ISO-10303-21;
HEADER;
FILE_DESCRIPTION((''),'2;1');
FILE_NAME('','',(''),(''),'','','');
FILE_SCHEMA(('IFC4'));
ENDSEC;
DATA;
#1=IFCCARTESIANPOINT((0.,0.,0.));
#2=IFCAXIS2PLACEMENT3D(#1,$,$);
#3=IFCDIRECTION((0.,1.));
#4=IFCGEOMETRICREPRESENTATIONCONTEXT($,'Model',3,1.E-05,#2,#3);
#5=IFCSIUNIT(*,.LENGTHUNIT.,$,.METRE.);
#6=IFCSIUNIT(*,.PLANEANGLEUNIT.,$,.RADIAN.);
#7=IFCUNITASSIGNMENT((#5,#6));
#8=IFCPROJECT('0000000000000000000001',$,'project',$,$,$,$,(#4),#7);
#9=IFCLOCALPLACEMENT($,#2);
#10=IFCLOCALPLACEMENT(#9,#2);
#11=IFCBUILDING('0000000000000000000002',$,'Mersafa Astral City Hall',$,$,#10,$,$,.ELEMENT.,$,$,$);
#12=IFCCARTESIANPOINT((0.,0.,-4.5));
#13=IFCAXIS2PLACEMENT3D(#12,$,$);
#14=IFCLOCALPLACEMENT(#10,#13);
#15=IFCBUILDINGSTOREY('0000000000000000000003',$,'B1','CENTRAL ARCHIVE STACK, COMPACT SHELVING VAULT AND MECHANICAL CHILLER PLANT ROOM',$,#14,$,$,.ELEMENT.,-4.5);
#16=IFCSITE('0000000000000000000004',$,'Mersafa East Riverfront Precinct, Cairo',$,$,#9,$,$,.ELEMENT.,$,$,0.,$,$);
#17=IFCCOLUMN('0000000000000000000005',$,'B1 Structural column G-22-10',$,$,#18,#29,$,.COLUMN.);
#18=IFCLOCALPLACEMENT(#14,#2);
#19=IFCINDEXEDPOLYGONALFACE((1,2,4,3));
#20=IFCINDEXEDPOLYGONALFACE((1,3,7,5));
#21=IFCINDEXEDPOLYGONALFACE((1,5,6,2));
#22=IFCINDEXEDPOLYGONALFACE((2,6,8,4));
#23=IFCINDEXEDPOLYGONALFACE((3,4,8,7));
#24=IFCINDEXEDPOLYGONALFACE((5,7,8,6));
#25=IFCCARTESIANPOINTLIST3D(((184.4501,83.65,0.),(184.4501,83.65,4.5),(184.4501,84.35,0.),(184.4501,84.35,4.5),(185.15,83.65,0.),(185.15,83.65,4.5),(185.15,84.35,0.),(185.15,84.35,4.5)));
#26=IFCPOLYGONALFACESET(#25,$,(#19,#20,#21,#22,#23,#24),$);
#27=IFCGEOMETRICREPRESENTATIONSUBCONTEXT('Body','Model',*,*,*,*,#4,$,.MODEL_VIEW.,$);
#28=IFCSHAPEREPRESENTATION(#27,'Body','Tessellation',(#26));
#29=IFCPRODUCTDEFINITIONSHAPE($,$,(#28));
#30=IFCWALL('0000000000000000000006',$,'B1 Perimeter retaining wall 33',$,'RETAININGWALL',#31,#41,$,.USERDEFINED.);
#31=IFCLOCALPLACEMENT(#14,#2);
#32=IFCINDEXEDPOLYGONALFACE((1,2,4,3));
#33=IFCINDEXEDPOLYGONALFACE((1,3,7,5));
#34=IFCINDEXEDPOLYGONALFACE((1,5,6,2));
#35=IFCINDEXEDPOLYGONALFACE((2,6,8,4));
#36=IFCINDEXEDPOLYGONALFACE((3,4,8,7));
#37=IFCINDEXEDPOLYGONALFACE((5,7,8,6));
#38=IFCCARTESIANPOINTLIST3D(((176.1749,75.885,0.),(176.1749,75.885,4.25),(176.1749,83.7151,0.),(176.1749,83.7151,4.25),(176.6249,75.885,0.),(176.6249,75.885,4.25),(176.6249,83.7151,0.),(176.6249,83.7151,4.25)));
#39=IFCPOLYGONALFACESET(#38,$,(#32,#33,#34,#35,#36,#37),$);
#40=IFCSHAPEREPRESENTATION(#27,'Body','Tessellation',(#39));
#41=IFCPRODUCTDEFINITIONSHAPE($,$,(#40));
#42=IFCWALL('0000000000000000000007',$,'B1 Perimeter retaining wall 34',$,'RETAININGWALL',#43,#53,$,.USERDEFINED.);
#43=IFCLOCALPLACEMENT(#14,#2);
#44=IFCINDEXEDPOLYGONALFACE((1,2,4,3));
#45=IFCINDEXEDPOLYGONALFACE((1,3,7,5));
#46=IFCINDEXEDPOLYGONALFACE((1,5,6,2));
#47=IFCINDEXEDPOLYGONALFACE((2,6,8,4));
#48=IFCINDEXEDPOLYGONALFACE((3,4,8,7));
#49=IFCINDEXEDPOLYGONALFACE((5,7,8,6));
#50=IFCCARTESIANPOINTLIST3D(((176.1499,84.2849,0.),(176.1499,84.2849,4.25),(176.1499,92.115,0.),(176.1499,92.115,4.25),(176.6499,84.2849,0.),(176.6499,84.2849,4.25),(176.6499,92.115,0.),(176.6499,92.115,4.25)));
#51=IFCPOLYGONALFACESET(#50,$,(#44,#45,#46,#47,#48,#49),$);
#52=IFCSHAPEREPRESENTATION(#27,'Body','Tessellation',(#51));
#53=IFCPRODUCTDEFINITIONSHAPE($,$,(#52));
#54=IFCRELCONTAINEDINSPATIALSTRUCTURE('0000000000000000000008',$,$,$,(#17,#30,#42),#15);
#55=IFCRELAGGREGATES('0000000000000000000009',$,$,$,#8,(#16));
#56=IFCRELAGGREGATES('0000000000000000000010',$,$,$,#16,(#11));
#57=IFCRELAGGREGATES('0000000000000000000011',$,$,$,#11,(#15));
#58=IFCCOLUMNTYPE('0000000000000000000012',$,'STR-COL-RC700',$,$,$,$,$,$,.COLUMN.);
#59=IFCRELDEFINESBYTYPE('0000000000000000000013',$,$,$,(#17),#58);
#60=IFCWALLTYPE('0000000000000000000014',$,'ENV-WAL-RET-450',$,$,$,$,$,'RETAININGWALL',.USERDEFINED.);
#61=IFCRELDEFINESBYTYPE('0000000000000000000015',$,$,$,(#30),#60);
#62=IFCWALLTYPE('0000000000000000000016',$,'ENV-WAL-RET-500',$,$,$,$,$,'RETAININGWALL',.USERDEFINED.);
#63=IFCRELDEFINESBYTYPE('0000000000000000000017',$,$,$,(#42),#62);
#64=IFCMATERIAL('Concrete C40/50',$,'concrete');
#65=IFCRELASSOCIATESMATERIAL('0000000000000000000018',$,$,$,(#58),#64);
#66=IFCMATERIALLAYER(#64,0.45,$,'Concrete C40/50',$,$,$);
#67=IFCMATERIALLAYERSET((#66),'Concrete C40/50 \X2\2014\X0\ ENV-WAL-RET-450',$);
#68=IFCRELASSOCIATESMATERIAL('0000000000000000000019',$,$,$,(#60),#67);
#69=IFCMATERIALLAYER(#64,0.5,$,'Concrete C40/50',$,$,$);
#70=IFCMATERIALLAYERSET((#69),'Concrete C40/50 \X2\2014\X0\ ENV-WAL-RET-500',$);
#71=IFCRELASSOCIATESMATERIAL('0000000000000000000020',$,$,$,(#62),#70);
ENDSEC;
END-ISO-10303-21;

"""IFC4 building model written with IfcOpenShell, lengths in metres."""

from ifc_helpers import new_model, si_unit, direction, frame, frame_2d, origin, origin_2d, place, context, subcontext, project, spatial, rectangle, extrude, material, layer, layer_set, material_profile, profile_set, type_object, element, save


model = new_model("IFC4")

# Units and contexts
model_context = context("Model", 3, precision=1e-05, world=origin(), true_north=direction((0.0, 1.0)))
body_context = subcontext(model_context, "Body", "Model", "MODEL_VIEW")
ifc_project = project(units=[si_unit("LENGTHUNIT", "METRE"), si_unit("PLANEANGLEUNIT", "RADIAN")], contexts=[model_context])

# Site, building, storey
site_placement = place(None, origin())
site = spatial("IfcSite", under=ifc_project, at=site_placement, Name="Mersafa East Riverfront Precinct, Cairo", CompositionType="ELEMENT", RefElevation=0.0)
building_placement = place(site_placement, origin())
building = spatial("IfcBuilding", under=site, at=building_placement, Name="Mersafa Astral City Hall", CompositionType="ELEMENT")
storey_placement = place(building_placement, frame((0.0, 0.0, -4.5)))
storey = spatial("IfcBuildingStorey", under=building, at=storey_placement, Name="B1", Description="CENTRAL ARCHIVE STACK, COMPACT SHELVING VAULT AND MECHANICAL CHILLER PLANT ROOM", CompositionType="ELEMENT", Elevation=-4.5)

# Shared definitions
ifc_material_1 = material(Name="Concrete C40/50", Category="concrete")

# Column
ifc_material_profile_1 = material_profile(ifc_material_1, rectangle(XDim=0.7, YDim=0.7, at=origin_2d()), Name="RC 700x700")
ifc_profile_set_1 = profile_set([ifc_material_profile_1], Name="Concrete C40/50")
column_type_1 = type_object("IfcColumnType", Name="STR-COL-RC700", PredefinedType="COLUMN", material=ifc_profile_set_1)
for number, where, z_axis, x_axis, name in (
    (1, (184.8, 84.0, 0.0), (0.0, 0.0, 1.0), (1.0, 0.0, 0.0), "B1 Structural column G-22-10"),
):
    element("IfcColumn", number, at=place(storey_placement, frame(where, z_axis=z_axis, x_axis=x_axis)), inside=storey, type_object=column_type_1, Name=name, PredefinedType="COLUMN", context=body_context, shape_type="SweptSolid", body=[
        extrude(rectangle(XDim=0.7, YDim=0.7, at=origin_2d()), origin(), (0.0, 0.0, 1.0), 4.5),
    ])

# Walls
ifc_layer_1 = layer(ifc_material_1, 0.45, Name="Concrete C40/50")
ifc_layer_set_1 = layer_set([ifc_layer_1], Name="Concrete C40/50 — ENV-WAL-RET-450")
wall_type_1 = type_object("IfcWallType", Name="ENV-WAL-RET-450", ElementType="RETAININGWALL", PredefinedType="USERDEFINED", material=ifc_layer_set_1)
wall_1_placement = place(storey_placement, frame((176.3999, 75.885, 0.0), z_axis=(0.0, 0.0, 1.0), x_axis=(0.0, 1.0, 0.0)))
element("IfcWall", 2, at=wall_1_placement, inside=storey, type_object=wall_type_1, Name="B1 Perimeter retaining wall 33", ObjectType="RETAININGWALL", PredefinedType="USERDEFINED", context=body_context, shape_type="SweptSolid", body=[
    extrude(rectangle(XDim=7.8301, YDim=0.45, at=frame_2d((3.915, 0.0))), origin(), (0.0, 0.0, 1.0), 4.25),
])
ifc_layer_2 = layer(ifc_material_1, 0.5, Name="Concrete C40/50")
ifc_layer_set_2 = layer_set([ifc_layer_2], Name="Concrete C40/50 — ENV-WAL-RET-500")
wall_type_2 = type_object("IfcWallType", Name="ENV-WAL-RET-500", ElementType="RETAININGWALL", PredefinedType="USERDEFINED", material=ifc_layer_set_2)
wall_2_placement = place(storey_placement, frame((176.3999, 84.2849, 0.0), z_axis=(0.0, 0.0, 1.0), x_axis=(0.0, 1.0, 0.0)))
element("IfcWall", 3, at=wall_2_placement, inside=storey, type_object=wall_type_2, Name="B1 Perimeter retaining wall 34", ObjectType="RETAININGWALL", PredefinedType="USERDEFINED", context=body_context, shape_type="SweptSolid", body=[
    extrude(rectangle(XDim=7.8301, YDim=0.5, at=frame_2d((3.915, 0.0))), origin(), (0.0, 0.0, 1.0), 4.25),
])

save(model, "model.ifc")
